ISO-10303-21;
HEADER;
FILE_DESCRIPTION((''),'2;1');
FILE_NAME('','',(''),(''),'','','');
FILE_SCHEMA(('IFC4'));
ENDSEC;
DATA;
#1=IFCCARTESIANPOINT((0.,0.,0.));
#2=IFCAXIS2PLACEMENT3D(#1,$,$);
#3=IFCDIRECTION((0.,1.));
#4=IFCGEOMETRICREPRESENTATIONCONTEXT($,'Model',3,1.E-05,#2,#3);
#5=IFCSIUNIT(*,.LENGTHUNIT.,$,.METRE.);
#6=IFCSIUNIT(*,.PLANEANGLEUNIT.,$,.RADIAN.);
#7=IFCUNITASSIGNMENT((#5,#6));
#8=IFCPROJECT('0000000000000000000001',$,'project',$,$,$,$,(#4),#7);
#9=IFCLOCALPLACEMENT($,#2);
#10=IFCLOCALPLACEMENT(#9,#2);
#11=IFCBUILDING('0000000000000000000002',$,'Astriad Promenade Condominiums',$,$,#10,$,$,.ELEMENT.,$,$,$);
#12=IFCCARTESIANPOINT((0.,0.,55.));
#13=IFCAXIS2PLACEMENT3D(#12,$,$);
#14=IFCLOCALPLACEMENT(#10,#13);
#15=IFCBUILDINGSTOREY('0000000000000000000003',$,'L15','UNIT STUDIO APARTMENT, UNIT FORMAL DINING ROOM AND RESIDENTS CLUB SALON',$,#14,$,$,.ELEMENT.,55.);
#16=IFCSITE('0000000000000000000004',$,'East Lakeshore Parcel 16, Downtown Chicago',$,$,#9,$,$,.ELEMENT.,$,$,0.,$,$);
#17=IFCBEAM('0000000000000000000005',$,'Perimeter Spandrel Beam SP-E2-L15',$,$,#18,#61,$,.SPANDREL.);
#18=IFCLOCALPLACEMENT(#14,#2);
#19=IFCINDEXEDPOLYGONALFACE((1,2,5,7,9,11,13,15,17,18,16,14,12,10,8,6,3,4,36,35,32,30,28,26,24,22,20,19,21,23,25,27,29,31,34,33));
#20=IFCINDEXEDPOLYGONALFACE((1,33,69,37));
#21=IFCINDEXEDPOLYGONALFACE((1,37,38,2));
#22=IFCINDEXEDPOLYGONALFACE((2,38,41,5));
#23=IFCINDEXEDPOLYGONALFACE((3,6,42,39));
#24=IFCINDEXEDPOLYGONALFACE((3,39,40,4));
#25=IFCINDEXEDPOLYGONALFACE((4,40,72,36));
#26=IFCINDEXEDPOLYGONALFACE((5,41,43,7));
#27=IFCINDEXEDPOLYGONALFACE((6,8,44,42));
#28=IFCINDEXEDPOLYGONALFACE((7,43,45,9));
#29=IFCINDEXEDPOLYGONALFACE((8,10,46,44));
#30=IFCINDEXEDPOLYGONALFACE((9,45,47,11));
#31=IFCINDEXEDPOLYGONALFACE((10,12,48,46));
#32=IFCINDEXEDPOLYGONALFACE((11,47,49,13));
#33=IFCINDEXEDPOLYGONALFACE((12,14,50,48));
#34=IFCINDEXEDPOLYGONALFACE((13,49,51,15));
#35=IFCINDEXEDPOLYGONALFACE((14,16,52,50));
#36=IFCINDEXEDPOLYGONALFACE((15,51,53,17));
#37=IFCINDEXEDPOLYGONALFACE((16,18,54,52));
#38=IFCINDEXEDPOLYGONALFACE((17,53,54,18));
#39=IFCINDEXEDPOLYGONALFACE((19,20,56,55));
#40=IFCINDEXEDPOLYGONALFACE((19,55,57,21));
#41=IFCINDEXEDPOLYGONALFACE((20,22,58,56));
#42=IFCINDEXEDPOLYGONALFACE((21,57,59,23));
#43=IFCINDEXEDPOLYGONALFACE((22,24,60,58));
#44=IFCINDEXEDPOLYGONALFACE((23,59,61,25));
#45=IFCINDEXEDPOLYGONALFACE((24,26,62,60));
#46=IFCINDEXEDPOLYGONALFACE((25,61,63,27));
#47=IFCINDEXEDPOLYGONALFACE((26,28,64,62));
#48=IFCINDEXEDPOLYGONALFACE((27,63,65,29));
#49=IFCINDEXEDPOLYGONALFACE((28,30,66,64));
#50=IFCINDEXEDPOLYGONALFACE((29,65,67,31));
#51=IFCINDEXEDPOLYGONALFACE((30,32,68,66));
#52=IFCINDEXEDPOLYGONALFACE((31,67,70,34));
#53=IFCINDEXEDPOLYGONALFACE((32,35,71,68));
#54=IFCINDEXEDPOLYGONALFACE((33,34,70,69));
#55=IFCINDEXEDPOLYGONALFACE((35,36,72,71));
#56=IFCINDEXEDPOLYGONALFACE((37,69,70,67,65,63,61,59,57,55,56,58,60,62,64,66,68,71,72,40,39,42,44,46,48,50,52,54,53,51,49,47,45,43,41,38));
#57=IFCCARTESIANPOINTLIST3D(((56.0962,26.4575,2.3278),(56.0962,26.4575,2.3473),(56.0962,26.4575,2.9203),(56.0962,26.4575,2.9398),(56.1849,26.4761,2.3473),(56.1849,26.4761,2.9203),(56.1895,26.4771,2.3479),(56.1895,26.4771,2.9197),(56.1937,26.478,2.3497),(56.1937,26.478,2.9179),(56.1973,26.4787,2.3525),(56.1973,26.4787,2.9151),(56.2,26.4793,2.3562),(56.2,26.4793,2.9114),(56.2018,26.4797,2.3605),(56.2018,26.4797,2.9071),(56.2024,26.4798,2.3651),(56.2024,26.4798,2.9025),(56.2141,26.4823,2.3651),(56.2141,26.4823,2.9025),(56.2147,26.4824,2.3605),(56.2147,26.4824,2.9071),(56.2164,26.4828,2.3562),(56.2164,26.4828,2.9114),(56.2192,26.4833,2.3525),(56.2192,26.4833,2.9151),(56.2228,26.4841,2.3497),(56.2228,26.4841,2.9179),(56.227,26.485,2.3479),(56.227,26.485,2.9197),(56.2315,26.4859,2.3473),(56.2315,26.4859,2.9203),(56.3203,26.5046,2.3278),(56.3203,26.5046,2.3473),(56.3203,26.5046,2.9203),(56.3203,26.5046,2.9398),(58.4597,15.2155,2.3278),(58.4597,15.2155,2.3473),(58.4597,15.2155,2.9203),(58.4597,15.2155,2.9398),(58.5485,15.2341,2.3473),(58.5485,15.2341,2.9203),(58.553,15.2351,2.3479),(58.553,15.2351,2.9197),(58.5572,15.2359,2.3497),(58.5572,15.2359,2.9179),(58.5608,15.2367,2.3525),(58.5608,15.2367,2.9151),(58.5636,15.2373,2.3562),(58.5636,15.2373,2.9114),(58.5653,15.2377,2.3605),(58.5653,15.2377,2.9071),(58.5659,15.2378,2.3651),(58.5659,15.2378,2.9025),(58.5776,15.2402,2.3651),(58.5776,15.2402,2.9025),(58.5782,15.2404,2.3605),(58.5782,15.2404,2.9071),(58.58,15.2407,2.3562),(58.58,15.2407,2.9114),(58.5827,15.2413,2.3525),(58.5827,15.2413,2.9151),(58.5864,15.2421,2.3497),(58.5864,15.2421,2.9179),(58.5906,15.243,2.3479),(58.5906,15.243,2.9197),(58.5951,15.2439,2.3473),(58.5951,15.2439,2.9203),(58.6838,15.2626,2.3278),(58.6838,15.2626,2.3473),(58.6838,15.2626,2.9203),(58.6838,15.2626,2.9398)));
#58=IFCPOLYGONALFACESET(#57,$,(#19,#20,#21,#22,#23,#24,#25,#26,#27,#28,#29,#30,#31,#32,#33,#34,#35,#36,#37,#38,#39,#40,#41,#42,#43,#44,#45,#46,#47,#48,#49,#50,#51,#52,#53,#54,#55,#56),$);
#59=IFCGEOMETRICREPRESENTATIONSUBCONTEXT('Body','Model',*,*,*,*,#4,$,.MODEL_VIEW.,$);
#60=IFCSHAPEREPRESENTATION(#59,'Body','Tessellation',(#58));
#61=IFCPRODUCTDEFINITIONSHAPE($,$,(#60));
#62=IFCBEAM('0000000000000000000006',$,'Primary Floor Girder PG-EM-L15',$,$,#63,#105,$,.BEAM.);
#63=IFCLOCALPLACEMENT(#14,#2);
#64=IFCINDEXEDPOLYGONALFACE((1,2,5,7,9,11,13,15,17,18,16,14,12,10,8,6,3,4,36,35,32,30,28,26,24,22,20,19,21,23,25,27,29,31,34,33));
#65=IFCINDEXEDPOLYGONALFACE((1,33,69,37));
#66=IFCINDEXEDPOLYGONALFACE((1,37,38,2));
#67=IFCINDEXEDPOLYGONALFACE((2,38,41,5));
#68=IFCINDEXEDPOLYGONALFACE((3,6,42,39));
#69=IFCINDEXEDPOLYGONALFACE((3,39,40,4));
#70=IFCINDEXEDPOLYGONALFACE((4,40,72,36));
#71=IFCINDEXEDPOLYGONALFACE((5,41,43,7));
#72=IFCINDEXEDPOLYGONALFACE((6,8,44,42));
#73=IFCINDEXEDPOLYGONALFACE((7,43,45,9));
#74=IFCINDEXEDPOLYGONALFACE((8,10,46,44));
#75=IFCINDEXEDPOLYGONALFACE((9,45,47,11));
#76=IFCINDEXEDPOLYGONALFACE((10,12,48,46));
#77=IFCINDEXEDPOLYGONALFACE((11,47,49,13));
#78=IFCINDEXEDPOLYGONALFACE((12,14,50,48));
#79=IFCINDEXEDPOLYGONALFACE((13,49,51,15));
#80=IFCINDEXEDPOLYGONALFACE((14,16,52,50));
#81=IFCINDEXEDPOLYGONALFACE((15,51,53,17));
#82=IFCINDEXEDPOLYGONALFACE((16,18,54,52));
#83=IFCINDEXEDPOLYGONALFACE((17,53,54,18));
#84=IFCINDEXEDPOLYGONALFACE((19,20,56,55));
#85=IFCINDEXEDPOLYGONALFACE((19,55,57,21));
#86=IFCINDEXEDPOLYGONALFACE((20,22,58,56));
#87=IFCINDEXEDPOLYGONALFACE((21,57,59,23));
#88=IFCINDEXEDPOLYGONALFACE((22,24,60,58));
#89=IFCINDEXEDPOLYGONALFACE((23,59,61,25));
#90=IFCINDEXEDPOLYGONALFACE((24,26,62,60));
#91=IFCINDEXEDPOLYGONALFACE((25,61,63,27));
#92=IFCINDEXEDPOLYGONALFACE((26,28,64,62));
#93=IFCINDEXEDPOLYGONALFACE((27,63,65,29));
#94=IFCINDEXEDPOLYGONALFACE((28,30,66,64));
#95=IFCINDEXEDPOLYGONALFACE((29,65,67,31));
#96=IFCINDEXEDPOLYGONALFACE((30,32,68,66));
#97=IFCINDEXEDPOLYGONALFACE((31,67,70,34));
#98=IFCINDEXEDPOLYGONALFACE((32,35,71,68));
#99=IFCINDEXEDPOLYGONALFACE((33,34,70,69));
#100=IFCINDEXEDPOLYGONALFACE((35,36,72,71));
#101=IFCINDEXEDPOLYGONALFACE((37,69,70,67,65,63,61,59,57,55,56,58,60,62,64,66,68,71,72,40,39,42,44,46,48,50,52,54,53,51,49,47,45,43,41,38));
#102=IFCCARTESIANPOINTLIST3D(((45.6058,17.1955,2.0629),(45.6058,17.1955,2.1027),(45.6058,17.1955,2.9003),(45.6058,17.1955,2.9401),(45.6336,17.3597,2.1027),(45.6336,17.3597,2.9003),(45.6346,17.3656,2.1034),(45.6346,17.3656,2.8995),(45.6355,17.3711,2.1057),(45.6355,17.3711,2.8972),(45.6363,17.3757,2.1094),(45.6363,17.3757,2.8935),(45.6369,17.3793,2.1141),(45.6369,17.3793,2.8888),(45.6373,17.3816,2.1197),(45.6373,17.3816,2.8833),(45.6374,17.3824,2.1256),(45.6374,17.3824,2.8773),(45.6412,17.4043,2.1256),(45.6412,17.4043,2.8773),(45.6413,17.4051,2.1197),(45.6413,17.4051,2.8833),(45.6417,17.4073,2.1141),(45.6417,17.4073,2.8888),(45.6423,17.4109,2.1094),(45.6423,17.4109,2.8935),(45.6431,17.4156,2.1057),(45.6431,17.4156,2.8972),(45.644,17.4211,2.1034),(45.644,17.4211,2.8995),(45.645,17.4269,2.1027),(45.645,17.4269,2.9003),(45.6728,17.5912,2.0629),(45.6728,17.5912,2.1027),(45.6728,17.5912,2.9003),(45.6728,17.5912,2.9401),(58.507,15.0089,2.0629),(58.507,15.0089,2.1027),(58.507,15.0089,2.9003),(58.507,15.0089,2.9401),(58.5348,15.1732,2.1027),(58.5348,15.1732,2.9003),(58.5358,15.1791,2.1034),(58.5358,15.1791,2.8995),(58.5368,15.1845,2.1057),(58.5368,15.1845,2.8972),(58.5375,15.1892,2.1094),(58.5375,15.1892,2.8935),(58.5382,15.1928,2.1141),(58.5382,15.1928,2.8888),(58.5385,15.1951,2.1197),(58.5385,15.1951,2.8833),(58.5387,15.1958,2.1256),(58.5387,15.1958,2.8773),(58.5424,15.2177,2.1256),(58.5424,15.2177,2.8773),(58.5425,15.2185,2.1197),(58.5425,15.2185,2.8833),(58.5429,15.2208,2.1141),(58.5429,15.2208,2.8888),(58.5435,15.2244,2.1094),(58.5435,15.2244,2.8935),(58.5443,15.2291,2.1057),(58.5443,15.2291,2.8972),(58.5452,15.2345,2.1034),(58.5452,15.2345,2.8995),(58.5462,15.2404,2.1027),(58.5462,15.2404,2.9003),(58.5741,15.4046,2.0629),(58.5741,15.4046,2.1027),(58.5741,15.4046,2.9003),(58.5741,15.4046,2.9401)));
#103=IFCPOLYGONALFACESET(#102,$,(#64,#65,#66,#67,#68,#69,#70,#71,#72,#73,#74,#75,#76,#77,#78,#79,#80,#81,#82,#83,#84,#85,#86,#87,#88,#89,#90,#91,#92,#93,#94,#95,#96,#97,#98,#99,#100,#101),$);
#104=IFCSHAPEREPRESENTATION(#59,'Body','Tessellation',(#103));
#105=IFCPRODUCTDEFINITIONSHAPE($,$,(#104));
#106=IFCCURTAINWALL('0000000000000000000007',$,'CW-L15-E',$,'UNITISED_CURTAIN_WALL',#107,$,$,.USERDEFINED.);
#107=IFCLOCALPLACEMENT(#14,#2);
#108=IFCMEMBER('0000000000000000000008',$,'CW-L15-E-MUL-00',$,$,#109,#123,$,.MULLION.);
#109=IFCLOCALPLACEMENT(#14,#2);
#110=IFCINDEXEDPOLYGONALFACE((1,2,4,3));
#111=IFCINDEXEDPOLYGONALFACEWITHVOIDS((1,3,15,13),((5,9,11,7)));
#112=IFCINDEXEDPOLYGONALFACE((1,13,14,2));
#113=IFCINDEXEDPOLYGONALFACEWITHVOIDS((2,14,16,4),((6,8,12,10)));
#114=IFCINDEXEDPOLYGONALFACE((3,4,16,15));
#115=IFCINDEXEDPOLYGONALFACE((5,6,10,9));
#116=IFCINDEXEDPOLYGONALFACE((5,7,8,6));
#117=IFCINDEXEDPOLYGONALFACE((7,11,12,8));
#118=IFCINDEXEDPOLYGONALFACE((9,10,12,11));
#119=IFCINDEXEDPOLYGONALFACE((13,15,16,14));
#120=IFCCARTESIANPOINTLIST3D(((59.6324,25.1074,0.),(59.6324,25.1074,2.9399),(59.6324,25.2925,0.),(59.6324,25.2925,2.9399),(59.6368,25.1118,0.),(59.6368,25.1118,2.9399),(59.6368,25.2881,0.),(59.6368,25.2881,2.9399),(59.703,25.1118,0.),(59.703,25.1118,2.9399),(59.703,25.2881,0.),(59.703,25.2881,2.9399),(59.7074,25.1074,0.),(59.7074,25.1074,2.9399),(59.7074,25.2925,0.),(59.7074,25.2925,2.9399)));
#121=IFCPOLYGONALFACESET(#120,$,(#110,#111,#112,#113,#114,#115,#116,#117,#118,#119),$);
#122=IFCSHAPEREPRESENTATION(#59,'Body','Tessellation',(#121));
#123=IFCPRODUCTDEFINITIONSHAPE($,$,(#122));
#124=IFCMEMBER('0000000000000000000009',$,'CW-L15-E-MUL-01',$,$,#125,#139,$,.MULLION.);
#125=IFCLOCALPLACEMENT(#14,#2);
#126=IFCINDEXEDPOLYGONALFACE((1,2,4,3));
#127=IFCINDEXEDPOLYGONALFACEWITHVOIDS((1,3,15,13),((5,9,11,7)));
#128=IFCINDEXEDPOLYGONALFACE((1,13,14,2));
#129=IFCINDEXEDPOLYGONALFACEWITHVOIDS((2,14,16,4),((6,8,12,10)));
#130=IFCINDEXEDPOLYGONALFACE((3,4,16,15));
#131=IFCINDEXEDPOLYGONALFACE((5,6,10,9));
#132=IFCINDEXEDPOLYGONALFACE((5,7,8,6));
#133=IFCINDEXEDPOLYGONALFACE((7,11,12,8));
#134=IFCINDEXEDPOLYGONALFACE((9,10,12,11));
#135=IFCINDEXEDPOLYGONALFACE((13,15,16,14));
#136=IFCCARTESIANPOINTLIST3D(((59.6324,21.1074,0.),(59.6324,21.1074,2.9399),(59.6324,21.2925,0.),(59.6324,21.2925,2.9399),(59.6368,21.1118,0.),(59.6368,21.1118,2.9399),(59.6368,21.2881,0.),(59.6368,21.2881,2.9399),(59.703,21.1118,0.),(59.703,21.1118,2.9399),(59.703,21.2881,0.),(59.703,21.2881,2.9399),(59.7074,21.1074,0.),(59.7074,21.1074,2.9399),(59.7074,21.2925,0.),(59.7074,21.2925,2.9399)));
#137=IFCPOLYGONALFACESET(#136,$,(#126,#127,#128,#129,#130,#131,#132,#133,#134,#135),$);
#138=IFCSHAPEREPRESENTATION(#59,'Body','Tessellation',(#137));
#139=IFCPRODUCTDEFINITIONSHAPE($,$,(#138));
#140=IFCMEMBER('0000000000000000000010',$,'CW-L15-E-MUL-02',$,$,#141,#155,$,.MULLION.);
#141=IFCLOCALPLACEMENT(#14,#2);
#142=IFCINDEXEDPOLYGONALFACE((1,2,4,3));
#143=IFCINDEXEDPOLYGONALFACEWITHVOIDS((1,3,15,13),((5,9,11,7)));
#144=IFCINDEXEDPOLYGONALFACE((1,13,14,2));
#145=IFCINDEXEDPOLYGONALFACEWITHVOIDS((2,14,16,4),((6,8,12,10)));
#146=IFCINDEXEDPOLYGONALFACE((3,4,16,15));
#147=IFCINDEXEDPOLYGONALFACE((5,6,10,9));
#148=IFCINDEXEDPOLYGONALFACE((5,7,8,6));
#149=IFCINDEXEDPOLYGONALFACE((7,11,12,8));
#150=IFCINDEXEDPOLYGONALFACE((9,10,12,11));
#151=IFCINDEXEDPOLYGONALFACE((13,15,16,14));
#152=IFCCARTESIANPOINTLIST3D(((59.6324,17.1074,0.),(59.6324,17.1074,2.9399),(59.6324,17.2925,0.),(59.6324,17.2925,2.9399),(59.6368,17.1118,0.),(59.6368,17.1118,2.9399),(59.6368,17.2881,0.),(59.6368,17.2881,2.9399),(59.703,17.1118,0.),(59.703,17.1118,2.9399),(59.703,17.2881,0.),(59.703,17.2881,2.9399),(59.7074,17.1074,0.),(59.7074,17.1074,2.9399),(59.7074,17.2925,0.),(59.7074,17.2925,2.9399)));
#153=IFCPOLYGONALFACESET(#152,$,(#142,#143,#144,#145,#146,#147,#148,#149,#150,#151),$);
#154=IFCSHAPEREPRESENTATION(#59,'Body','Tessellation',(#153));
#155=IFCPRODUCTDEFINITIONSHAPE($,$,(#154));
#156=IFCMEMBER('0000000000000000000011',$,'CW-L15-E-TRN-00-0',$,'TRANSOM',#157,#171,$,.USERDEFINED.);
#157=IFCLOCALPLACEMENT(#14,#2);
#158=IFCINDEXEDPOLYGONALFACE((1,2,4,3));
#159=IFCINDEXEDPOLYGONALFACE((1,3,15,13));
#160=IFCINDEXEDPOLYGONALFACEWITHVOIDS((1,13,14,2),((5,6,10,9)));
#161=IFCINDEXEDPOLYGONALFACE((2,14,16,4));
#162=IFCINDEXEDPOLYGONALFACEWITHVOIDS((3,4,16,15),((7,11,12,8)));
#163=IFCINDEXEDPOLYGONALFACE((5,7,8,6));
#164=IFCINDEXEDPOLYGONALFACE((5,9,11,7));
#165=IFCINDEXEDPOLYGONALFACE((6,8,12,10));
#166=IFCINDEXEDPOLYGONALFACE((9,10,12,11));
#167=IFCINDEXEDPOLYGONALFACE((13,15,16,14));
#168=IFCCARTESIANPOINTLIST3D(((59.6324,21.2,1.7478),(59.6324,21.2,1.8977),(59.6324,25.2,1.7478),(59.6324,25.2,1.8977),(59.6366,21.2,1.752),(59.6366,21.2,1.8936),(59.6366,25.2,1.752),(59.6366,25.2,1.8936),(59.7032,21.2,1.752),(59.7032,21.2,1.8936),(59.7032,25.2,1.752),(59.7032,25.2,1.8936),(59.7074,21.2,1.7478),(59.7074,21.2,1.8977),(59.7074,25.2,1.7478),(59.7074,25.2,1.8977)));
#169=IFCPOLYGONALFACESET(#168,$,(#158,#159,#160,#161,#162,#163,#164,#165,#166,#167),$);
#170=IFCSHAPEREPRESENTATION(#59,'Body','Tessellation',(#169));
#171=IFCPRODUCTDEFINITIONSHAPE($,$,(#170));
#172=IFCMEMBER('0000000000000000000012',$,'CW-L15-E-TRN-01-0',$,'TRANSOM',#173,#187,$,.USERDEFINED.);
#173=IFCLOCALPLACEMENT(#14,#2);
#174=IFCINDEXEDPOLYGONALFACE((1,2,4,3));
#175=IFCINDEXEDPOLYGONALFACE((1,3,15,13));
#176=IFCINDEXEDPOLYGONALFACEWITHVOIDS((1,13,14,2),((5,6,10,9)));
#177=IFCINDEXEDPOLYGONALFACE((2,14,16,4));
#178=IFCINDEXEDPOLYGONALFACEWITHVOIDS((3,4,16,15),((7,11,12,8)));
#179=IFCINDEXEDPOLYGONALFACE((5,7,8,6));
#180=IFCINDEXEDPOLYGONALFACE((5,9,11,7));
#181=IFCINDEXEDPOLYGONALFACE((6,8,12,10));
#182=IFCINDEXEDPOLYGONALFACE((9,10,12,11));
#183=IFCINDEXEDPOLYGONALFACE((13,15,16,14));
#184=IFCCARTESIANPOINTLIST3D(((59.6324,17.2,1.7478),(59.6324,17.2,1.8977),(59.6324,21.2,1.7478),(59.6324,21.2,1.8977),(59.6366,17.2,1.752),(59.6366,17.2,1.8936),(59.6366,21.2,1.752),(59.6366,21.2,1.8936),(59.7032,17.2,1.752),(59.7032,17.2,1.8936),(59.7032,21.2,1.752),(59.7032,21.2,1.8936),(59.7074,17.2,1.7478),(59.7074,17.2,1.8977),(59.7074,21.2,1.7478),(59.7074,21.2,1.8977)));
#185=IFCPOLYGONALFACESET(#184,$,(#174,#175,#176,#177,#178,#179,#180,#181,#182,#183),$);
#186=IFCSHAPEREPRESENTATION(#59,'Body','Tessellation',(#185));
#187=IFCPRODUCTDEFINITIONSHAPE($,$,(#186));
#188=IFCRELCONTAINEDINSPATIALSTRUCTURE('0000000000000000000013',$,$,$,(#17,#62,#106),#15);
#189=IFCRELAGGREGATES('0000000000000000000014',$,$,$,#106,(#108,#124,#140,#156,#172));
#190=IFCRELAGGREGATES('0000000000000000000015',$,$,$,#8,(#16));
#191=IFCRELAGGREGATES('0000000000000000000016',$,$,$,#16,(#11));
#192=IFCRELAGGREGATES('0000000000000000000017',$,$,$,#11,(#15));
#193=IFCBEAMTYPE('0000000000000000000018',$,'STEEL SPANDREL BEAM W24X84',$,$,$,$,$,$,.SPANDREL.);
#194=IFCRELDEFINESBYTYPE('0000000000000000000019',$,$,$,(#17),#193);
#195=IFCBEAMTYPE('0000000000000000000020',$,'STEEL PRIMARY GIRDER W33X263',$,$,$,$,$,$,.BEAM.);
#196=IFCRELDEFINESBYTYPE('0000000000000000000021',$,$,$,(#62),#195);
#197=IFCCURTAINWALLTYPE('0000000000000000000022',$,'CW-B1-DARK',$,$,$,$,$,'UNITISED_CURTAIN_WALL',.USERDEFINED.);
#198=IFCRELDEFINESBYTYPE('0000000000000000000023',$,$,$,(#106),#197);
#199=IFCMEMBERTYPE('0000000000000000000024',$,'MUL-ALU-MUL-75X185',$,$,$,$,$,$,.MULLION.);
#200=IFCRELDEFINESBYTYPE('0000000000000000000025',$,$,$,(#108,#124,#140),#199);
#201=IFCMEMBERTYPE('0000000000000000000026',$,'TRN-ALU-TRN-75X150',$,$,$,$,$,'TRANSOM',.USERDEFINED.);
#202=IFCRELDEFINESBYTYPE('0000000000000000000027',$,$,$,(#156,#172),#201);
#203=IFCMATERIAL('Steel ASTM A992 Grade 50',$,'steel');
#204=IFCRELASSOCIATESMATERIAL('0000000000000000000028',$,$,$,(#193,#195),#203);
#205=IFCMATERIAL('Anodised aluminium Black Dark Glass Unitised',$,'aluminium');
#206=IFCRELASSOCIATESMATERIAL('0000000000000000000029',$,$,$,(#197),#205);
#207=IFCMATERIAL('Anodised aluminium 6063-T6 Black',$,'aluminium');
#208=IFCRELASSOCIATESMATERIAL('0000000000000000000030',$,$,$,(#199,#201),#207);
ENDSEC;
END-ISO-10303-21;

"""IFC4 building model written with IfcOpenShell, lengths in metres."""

from ifc_helpers import new_model, si_unit, direction, frame, origin, origin_2d, place, context, subcontext, project, spatial, hollow_rectangle, i_section, extrude, source, transform, mapped, material, material_profile, profile_set, type_object, type_shapes, element, aggregate, save


model = new_model("IFC4")

# Units and contexts
model_context = context("Model", 3, precision=1e-05, world=origin(), true_north=direction((0.0, 1.0)))
body_context = subcontext(model_context, "Body", "Model", "MODEL_VIEW")
ifc_project = project(units=[si_unit("LENGTHUNIT", "METRE"), si_unit("PLANEANGLEUNIT", "RADIAN")], contexts=[model_context])

# Site, building, storey
site_placement = place(None, origin())
site = spatial("IfcSite", under=ifc_project, at=site_placement, Name="East Lakeshore Parcel 16, Downtown Chicago", CompositionType="ELEMENT", RefElevation=0.0)
building_placement = place(site_placement, origin())
building = spatial("IfcBuilding", under=site, at=building_placement, Name="Astriad Promenade Condominiums", CompositionType="ELEMENT")
storey_placement = place(building_placement, frame((0.0, 0.0, 55.0)))
storey = spatial("IfcBuildingStorey", under=building, at=storey_placement, Name="L15", Description="UNIT STUDIO APARTMENT, UNIT FORMAL DINING ROOM AND RESIDENTS CLUB SALON", CompositionType="ELEMENT", Elevation=55.0)

# Beams
ifc_material_1 = material(Name="Steel ASTM A992 Grade 50", Category="steel")
ifc_material_profile_1 = material_profile(ifc_material_1, i_section(OverallWidth=0.229, OverallDepth=0.6121, WebThickness=0.012, FlangeThickness=0.0195, FilletRadius=0.0178, at=origin_2d()), Name="W24X84")
ifc_profile_set_1 = profile_set([ifc_material_profile_1], Name="Steel ASTM A992 Grade 50")
beam_type_1 = type_object("IfcBeamType", Name="STEEL SPANDREL BEAM W24X84", PredefinedType="SPANDREL", material=ifc_profile_set_1)
shared_shape_1 = source(origin(), body_context, "Body", "SweptSolid", [
    extrude(i_section(OverallWidth=0.229, OverallDepth=0.6121, WebThickness=0.012, FlangeThickness=0.0195, FilletRadius=0.0178, at=origin_2d()), origin(), (0.0, 0.0, 1.0), 11.4878),
])
type_shapes(beam_type_1, [shared_shape_1])
beam_1_placement = place(storey_placement, frame((58.5718, 15.239, 2.6338), z_axis=(-0.205744, 0.978606, 0.0), x_axis=(-0.978606, -0.205744, 0.0)))
element("IfcBeam", 1, at=beam_1_placement, inside=storey, type_object=beam_type_1, Name="Perimeter Spandrel Beam SP-E2-L15", PredefinedType="SPANDREL", context=body_context, shape_type="MappedRepresentation", body=[
    mapped(shared_shape_1, transform((0.0, 0.0, 0.0), scale=1.0)),
])
ifc_material_profile_2 = material_profile(ifc_material_1, i_section(OverallWidth=0.4014, OverallDepth=0.8772, WebThickness=0.0222, FlangeThickness=0.0398, FilletRadius=0.0229, at=origin_2d()), Name="W33X263")
ifc_profile_set_2 = profile_set([ifc_material_profile_2], Name="Steel ASTM A992 Grade 50")
beam_type_2 = type_object("IfcBeamType", Name="STEEL PRIMARY GIRDER W33X263", PredefinedType="BEAM", material=ifc_profile_set_2)
shared_shape_2 = source(origin(), body_context, "Body", "SweptSolid", [
    extrude(i_section(OverallWidth=0.4014, OverallDepth=0.8772, WebThickness=0.0222, FlangeThickness=0.0398, FilletRadius=0.0229, at=origin_2d()), origin(), (0.0, 0.0, 1.0), 13.0852),
])
type_shapes(beam_type_2, [shared_shape_2])
beam_2_placement = place(storey_placement, frame((58.5405, 15.2068, 2.5015), z_axis=(-0.98594, 0.1671, 0.0), x_axis=(-0.1671, -0.98594, 0.0)))
element("IfcBeam", 2, at=beam_2_placement, inside=storey, type_object=beam_type_2, Name="Primary Floor Girder PG-EM-L15", PredefinedType="BEAM", context=body_context, shape_type="MappedRepresentation", body=[
    mapped(shared_shape_2, transform((0.0, 0.0, 0.0), scale=1.0)),
])

# Curtain wall, members
ifc_material_2 = material(Name="Anodised aluminium Black Dark Glass Unitised", Category="aluminium")
curtain_wall_type = type_object("IfcCurtainWallType", Name="CW-B1-DARK", ElementType="UNITISED_CURTAIN_WALL", PredefinedType="USERDEFINED", material=ifc_material_2)
curtain_wall_placement = place(storey_placement, origin())
curtain_wall = element("IfcCurtainWall", 3, at=curtain_wall_placement, inside=storey, type_object=curtain_wall_type, Name="CW-L15-E", ObjectType="UNITISED_CURTAIN_WALL", PredefinedType="USERDEFINED")
ifc_material_3 = material(Name="Anodised aluminium 6063-T6 Black", Category="aluminium")
ifc_material_profile_3 = material_profile(ifc_material_3, hollow_rectangle(XDim=0.075, YDim=0.1851, WallThickness=0.0044, at=origin_2d()), Name="ALU-MUL-75X185")
ifc_profile_set_3 = profile_set([ifc_material_profile_3], Name="Anodised aluminium 6063-T6 Black")
member_type_1 = type_object("IfcMemberType", Name="MUL-ALU-MUL-75X185", PredefinedType="MULLION", material=ifc_profile_set_3)
shared_shape_3 = source(origin(), body_context, "Body", "SweptSolid", [
    extrude(hollow_rectangle(XDim=0.075, YDim=0.1851, WallThickness=0.0044, at=origin_2d()), origin(), (0.0, 0.0, 1.0), 2.9399),
])
type_shapes(member_type_1, [shared_shape_3])
member_1_placement = place(storey_placement, frame((59.6699, 25.2, 0.0), z_axis=(0.0, 0.0, 1.0), x_axis=(1.0, 0.0, 0.0)))
member_1 = element("IfcMember", 4, at=member_1_placement, type_object=member_type_1, Name="CW-L15-E-MUL-00", PredefinedType="MULLION", context=body_context, shape_type="MappedRepresentation", body=[
    mapped(shared_shape_3, transform((0.0, 0.0, 0.0), scale=1.0)),
])
member_2_placement = place(storey_placement, frame((59.6699, 21.2, 0.0), z_axis=(0.0, 0.0, 1.0), x_axis=(1.0, 0.0, 0.0)))
member_2 = element("IfcMember", 5, at=member_2_placement, type_object=member_type_1, Name="CW-L15-E-MUL-01", PredefinedType="MULLION", context=body_context, shape_type="MappedRepresentation", body=[
    mapped(shared_shape_3, transform((0.0, 0.0, 0.0), scale=1.0)),
])
member_3_placement = place(storey_placement, frame((59.6699, 17.2, 0.0), z_axis=(0.0, 0.0, 1.0), x_axis=(1.0, 0.0, 0.0)))
member_3 = element("IfcMember", 6, at=member_3_placement, type_object=member_type_1, Name="CW-L15-E-MUL-02", PredefinedType="MULLION", context=body_context, shape_type="MappedRepresentation", body=[
    mapped(shared_shape_3, transform((0.0, 0.0, 0.0), scale=1.0)),
])
ifc_material_profile_4 = material_profile(ifc_material_3, hollow_rectangle(XDim=0.075, YDim=0.1499, WallThickness=0.0042, at=origin_2d()), Name="ALU-TRN-75X150")
ifc_profile_set_4 = profile_set([ifc_material_profile_4], Name="Anodised aluminium 6063-T6 Black")
member_type_2 = type_object("IfcMemberType", Name="TRN-ALU-TRN-75X150", ElementType="TRANSOM", PredefinedType="USERDEFINED", material=ifc_profile_set_4)
shared_shape_4 = source(origin(), body_context, "Body", "SweptSolid", [
    extrude(hollow_rectangle(XDim=0.075, YDim=0.1499, WallThickness=0.0042, at=origin_2d()), origin(), (0.0, 0.0, 1.0), 4.0),
])
type_shapes(member_type_2, [shared_shape_4])
member_4_placement = place(storey_placement, frame((59.6699, 25.2, 1.8228), z_axis=(0.0, -1.0, 0.0), x_axis=(1.0, 0.0, 0.0)))
member_4 = element("IfcMember", 7, at=member_4_placement, type_object=member_type_2, Name="CW-L15-E-TRN-00-0", ObjectType="TRANSOM", PredefinedType="USERDEFINED", context=body_context, shape_type="MappedRepresentation", body=[
    mapped(shared_shape_4, transform((0.0, 0.0, 0.0), scale=1.0)),
])
member_5_placement = place(storey_placement, frame((59.6699, 21.2, 1.8228), z_axis=(0.0, -1.0, 0.0), x_axis=(1.0, 0.0, 0.0)))
member_5 = element("IfcMember", 8, at=member_5_placement, type_object=member_type_2, Name="CW-L15-E-TRN-01-0", ObjectType="TRANSOM", PredefinedType="USERDEFINED", context=body_context, shape_type="MappedRepresentation", body=[
    mapped(shared_shape_4, transform((0.0, 0.0, 0.0), scale=1.0)),
])
aggregate(curtain_wall, [member_1, member_2, member_3, member_4, member_5])

save(model, "model.ifc")
